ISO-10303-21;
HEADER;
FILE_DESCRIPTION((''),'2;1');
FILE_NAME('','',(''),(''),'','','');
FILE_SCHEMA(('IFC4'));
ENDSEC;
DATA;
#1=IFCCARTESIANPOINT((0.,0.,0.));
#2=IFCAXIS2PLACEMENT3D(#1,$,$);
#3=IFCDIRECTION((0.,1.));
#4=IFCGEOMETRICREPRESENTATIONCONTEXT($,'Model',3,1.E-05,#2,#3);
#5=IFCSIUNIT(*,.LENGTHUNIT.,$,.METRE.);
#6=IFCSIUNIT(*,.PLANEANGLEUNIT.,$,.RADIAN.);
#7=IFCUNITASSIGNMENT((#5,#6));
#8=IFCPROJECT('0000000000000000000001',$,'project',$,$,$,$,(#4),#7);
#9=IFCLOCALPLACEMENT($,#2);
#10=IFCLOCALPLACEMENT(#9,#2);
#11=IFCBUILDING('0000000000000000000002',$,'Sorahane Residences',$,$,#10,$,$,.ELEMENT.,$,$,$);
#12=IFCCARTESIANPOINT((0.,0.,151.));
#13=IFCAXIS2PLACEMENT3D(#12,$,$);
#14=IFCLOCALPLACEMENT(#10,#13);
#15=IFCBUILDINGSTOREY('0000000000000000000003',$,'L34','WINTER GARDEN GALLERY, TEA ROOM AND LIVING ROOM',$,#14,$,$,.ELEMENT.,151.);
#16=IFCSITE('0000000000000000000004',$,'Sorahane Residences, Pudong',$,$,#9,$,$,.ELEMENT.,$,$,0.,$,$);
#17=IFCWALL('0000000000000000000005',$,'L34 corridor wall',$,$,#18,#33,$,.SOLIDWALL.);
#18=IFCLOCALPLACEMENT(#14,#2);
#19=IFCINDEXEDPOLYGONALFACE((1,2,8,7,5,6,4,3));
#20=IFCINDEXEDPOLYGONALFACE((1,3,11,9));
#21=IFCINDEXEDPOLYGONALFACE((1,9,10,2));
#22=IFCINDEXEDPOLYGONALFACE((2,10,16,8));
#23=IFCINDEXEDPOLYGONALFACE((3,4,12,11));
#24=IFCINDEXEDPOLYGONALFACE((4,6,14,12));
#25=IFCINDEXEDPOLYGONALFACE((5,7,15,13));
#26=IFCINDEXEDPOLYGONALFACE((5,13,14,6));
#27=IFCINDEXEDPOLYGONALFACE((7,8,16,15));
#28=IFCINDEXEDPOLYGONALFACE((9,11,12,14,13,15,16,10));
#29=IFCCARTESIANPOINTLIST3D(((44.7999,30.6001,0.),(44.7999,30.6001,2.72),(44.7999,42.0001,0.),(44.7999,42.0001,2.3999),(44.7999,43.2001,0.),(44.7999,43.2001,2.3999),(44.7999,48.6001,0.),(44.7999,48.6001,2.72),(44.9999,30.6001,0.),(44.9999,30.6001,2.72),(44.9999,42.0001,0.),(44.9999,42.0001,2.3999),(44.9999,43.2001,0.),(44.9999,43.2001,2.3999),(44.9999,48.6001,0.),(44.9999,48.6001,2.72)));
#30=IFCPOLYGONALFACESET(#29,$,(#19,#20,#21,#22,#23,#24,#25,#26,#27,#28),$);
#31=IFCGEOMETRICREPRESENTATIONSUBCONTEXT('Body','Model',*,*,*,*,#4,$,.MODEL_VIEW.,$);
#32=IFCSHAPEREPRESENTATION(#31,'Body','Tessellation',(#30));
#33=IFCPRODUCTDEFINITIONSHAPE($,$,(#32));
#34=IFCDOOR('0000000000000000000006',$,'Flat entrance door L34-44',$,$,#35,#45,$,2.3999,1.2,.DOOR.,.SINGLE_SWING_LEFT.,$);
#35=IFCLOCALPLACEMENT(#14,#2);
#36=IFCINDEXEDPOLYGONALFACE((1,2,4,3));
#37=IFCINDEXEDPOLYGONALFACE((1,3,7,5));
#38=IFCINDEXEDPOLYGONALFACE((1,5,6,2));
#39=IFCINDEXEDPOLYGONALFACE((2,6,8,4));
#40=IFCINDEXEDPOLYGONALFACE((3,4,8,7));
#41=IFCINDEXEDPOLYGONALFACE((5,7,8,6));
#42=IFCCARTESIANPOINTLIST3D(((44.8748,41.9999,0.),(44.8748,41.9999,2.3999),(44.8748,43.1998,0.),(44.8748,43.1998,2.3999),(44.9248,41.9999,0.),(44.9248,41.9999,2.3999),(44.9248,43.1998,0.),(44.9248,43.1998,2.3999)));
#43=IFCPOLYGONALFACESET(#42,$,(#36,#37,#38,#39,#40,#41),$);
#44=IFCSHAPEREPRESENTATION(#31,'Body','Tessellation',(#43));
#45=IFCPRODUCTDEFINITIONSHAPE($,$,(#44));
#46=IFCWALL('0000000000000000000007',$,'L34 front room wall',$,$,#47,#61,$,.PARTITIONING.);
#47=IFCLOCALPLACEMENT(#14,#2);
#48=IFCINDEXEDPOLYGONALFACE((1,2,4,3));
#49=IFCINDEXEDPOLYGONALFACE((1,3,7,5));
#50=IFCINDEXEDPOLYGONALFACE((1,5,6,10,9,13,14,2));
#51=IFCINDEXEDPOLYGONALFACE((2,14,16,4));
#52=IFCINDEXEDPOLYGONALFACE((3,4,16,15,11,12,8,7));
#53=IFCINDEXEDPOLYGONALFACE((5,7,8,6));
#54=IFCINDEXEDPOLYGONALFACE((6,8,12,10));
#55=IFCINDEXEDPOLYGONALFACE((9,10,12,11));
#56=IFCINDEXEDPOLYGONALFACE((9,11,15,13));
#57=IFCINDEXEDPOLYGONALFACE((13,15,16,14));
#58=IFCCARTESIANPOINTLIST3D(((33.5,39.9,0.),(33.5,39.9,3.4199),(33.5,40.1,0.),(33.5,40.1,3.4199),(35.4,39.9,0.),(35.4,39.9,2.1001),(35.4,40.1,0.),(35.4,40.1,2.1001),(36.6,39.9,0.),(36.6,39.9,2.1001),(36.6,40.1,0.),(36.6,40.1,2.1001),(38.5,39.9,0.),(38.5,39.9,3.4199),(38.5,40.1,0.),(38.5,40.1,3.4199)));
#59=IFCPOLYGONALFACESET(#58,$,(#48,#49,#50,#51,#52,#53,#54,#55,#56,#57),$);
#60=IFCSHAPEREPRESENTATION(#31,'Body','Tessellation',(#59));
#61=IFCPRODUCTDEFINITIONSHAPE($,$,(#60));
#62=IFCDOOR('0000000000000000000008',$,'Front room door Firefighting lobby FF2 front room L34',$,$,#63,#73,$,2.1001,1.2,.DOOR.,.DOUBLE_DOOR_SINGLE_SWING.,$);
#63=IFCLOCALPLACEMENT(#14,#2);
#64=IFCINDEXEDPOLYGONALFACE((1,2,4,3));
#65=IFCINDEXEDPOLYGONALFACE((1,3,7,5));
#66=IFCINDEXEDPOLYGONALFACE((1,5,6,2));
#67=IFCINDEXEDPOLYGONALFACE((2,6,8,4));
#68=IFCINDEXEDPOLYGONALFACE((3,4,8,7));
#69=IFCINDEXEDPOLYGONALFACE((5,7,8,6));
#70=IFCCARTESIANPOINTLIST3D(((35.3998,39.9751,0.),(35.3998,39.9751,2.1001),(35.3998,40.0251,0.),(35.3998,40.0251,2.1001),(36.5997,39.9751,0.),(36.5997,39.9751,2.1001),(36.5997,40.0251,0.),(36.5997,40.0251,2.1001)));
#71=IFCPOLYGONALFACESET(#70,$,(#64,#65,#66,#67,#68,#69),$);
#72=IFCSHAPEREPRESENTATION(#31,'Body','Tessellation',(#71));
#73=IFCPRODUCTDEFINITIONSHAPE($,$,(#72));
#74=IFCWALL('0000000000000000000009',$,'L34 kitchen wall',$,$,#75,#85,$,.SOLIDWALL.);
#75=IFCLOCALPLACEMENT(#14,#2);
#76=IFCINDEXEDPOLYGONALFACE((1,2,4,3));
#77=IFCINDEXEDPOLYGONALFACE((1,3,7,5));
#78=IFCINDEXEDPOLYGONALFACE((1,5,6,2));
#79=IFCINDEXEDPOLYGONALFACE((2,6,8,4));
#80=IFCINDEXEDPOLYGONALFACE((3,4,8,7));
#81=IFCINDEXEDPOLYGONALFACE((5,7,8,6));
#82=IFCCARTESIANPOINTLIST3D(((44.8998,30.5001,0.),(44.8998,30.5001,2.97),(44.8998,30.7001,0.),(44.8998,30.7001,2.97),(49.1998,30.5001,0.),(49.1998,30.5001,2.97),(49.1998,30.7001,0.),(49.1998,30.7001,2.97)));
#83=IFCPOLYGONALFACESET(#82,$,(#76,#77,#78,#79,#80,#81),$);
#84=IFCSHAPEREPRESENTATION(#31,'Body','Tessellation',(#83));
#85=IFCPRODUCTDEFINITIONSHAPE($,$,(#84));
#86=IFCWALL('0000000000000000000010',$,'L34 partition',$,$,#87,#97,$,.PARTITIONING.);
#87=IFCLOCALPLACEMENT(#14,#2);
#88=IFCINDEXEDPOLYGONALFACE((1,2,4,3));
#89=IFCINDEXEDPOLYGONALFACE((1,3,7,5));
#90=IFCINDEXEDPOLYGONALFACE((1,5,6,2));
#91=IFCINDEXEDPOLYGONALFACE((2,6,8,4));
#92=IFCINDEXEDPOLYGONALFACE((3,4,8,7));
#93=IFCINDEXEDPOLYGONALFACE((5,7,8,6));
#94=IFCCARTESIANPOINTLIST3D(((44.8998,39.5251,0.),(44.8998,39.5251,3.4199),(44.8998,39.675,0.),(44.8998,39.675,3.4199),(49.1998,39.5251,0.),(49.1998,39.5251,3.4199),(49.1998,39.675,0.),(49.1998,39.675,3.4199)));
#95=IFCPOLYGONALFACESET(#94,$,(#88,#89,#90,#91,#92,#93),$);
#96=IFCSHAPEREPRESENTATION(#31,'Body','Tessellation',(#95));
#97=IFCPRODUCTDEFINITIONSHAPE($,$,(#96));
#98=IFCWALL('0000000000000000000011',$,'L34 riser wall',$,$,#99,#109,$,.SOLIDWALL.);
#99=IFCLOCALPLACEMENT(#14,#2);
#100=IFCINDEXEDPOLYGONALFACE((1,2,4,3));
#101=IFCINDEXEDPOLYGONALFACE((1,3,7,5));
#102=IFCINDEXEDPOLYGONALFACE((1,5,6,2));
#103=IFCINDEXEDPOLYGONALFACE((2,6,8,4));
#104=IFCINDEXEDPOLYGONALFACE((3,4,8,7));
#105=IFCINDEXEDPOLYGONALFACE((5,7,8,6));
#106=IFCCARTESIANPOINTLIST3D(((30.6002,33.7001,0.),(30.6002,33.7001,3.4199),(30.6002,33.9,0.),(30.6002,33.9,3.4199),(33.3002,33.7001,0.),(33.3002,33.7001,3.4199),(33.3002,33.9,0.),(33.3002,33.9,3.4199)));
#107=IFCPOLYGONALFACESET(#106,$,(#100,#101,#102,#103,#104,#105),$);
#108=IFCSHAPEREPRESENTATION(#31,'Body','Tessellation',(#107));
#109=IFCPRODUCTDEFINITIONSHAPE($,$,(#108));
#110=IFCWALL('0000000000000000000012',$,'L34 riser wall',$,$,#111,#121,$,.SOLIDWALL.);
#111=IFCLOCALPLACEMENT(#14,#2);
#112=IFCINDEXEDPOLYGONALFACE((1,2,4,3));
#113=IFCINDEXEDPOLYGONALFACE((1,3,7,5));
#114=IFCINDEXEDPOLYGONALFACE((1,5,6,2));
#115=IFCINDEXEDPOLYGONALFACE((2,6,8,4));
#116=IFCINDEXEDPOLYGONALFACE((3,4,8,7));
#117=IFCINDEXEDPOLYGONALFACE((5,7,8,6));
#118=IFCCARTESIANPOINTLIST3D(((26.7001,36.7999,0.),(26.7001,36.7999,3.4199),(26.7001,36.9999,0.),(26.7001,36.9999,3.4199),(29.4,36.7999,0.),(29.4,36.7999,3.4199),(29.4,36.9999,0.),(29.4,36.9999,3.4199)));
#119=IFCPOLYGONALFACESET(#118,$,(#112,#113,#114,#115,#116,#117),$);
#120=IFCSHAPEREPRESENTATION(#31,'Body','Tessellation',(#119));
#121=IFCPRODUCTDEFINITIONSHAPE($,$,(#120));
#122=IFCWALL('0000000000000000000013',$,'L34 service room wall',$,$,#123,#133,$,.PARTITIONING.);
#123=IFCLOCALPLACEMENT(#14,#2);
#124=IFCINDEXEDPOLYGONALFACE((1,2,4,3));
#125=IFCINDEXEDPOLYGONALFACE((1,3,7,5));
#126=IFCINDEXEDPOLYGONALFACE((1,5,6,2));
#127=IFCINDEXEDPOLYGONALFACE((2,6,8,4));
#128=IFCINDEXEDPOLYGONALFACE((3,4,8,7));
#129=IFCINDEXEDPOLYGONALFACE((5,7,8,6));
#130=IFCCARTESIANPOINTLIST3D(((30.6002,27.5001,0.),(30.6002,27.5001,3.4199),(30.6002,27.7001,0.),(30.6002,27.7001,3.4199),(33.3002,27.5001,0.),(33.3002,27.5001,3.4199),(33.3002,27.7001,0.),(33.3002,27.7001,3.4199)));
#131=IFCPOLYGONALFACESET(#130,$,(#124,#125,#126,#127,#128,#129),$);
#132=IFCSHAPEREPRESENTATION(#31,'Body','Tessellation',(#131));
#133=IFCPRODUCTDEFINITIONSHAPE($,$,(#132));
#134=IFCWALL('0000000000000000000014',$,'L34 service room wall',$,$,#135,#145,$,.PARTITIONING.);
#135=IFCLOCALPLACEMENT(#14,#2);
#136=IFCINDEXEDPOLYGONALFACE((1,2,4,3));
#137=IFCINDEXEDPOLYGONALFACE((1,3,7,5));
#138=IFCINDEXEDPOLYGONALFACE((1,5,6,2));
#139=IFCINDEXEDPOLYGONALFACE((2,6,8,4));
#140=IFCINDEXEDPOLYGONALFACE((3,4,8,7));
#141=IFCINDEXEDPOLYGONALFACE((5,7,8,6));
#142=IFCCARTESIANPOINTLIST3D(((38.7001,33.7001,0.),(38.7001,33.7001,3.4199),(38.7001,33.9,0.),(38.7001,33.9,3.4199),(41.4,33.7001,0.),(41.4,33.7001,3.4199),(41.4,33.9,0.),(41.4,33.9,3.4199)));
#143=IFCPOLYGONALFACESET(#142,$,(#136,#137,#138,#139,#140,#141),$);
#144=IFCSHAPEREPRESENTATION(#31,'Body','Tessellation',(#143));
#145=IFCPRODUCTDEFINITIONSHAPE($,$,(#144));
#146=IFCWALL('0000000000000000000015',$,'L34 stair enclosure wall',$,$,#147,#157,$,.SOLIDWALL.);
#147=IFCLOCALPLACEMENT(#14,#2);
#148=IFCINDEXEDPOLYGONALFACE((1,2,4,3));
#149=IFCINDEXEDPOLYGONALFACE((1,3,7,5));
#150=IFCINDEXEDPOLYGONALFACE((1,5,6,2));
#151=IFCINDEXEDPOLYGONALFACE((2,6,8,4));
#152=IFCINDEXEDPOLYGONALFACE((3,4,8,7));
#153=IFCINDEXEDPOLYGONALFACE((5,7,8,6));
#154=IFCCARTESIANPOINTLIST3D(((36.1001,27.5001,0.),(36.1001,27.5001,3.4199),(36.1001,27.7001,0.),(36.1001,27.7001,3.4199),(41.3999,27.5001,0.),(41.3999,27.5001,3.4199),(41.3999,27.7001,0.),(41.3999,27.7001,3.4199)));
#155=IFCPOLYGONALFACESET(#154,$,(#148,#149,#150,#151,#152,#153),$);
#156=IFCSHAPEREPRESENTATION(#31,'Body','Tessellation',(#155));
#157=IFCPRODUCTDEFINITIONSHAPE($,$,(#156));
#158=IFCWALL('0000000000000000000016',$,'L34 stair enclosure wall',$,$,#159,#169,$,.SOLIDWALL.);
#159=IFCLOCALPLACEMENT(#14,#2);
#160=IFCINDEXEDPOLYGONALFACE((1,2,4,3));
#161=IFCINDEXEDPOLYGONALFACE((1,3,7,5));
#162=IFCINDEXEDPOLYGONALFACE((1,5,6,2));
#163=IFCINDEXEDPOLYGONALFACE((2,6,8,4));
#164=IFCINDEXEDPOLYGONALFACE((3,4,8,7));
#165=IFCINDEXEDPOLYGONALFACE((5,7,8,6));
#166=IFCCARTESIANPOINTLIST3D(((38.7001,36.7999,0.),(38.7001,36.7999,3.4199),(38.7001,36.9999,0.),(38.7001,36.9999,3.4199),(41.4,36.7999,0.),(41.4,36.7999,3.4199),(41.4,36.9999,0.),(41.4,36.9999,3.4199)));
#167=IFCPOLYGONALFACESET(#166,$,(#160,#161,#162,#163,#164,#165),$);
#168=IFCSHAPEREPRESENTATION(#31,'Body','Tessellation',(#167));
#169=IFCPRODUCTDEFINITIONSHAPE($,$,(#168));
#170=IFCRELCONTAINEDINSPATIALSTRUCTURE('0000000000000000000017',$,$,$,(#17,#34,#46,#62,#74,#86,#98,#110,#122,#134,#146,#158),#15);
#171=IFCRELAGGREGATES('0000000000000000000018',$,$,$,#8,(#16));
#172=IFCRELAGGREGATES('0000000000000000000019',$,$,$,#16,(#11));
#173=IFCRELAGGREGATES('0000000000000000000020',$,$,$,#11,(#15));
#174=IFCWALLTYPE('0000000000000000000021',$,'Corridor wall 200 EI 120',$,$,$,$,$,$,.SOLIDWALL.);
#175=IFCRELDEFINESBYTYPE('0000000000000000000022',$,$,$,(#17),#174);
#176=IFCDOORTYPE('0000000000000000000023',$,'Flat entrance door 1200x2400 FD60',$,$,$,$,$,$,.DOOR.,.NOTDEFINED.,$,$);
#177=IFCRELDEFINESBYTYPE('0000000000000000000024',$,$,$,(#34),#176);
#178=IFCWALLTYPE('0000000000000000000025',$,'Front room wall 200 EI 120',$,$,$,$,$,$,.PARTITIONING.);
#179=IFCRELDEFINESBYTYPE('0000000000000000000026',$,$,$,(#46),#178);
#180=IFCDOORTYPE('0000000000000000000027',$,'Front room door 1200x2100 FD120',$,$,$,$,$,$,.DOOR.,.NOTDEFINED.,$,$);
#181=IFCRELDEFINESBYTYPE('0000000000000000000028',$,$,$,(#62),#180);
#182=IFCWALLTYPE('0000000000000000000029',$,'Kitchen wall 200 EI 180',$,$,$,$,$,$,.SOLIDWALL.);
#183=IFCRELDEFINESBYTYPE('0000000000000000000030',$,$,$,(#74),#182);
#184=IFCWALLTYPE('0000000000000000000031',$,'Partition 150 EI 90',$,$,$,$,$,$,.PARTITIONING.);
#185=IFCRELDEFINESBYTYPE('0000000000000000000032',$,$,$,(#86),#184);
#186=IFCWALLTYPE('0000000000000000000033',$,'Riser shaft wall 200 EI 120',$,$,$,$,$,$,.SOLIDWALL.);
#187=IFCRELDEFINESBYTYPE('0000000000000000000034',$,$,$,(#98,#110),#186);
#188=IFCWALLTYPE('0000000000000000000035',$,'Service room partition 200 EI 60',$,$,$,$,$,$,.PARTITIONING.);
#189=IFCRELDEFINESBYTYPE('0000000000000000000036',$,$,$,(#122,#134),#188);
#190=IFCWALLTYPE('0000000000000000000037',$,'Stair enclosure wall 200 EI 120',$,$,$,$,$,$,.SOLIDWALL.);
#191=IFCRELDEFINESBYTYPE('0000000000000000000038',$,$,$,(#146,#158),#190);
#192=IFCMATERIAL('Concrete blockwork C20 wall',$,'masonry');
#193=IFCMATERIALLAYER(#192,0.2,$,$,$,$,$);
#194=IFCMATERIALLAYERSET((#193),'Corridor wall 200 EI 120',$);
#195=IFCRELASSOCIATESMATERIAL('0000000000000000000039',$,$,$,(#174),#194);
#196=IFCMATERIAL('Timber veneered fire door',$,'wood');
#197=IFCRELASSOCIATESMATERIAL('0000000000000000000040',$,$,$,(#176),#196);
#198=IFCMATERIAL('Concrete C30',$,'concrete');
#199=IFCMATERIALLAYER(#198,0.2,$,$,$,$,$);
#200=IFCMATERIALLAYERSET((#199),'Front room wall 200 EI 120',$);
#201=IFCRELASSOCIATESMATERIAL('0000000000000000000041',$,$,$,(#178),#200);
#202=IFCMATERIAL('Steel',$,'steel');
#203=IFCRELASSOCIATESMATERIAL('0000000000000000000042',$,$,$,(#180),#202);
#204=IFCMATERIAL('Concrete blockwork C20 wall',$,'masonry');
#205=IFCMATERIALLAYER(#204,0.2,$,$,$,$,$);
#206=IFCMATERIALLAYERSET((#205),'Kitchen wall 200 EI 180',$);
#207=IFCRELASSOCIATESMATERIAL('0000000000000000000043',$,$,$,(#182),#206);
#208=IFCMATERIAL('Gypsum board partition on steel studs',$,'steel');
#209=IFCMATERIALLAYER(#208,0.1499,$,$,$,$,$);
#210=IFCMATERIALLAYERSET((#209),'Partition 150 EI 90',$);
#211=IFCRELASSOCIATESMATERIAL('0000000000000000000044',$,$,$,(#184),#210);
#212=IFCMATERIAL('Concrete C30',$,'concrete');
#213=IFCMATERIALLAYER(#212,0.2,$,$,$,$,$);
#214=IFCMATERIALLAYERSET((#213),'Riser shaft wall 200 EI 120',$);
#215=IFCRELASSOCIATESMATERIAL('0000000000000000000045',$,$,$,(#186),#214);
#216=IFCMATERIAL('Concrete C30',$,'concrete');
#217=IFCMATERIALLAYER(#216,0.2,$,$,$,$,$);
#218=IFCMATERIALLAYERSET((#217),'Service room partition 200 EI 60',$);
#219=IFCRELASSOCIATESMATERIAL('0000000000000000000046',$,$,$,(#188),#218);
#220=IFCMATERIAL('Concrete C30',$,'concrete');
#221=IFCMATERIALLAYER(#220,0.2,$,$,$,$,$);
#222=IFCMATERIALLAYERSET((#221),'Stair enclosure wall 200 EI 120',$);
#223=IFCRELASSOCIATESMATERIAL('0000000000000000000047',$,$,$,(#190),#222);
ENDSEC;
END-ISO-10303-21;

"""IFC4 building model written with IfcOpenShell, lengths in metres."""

from ifc_helpers import new_model, si_unit, direction, frame, frame_2d, origin, place, context, subcontext, project, spatial, rectangle, extrude, material, layer, layer_set, type_object, element, fill, save


model = new_model("IFC4")

# Units and contexts
model_context = context("Model", 3, precision=1e-05, world=origin(), true_north=direction((0.0, 1.0)))
body_context = subcontext(model_context, "Body", "Model", "MODEL_VIEW")
ifc_project = project(units=[si_unit("LENGTHUNIT", "METRE"), si_unit("PLANEANGLEUNIT", "RADIAN")], contexts=[model_context])

# Site, building, storey
site_placement = place(None, origin())
site = spatial("IfcSite", under=ifc_project, at=site_placement, Name="Sorahane Residences, Pudong", CompositionType="ELEMENT", RefElevation=0.0)
building_placement = place(site_placement, origin())
building = spatial("IfcBuilding", under=site, at=building_placement, Name="Sorahane Residences", CompositionType="ELEMENT")
storey_placement = place(building_placement, frame((0.0, 0.0, 151.0)))
storey = spatial("IfcBuildingStorey", under=building, at=storey_placement, Name="L34", Description="WINTER GARDEN GALLERY, TEA ROOM AND LIVING ROOM", CompositionType="ELEMENT", Elevation=151.0)

# Walls, openings, doors
ifc_material_1 = material(Name="Concrete blockwork C20 wall", Category="masonry")
ifc_layer_1 = layer(ifc_material_1, 0.2)
ifc_layer_set_1 = layer_set([ifc_layer_1], Name="Corridor wall 200 EI 120")
wall_type_1 = type_object("IfcWallType", Name="Corridor wall 200 EI 120", PredefinedType="SOLIDWALL", material=ifc_layer_set_1)
wall_1_placement = place(storey_placement, frame((44.8999, 30.6001, 0.0), z_axis=(0.0, 0.0, 1.0), x_axis=(0.0, 1.0, 0.0)))
wall_1 = element("IfcWall", 1, at=wall_1_placement, inside=storey, type_object=wall_type_1, Name="L34 corridor wall", PredefinedType="SOLIDWALL", context=body_context, shape_type="SweptSolid", body=[
    extrude(rectangle(XDim=18.0, YDim=0.2, at=frame_2d((9.0, 0.0))), origin(), (0.0, 0.0, 1.0), 2.72),
])
opening_1_placement = place(wall_1_placement, frame((11.3999, 0.0, 0.0)))
opening_1 = element("IfcOpeningElement", 2, at=opening_1_placement, cuts=wall_1, PredefinedType="OPENING", context=body_context, shape_type="SweptSolid", body=[
    extrude(rectangle(XDim=1.2, YDim=2.3999, at=frame_2d((0.6001, 1.2))), frame((0.0, 0.1099, 0.0), z_axis=(0.0, -1.0, 0.0), x_axis=(1.0, 0.0, 0.0)), (0.0, 0.0, 1.0), 0.22),
])
ifc_material_2 = material(Name="Timber veneered fire door", Category="wood")
door_type_1 = type_object("IfcDoorType", Name="Flat entrance door 1200x2400 FD60", OperationType="NOTDEFINED", PredefinedType="DOOR", material=ifc_material_2)
door_1_placement = place(opening_1_placement, frame((1.2, 0.0, 0.0), z_axis=(0.0, 0.0, 1.0), x_axis=(-1.0, 0.0, 0.0)))
door_1 = element("IfcDoor", 3, at=door_1_placement, inside=storey, type_object=door_type_1, Name="Flat entrance door L34-44", OperationType="SINGLE_SWING_LEFT", OverallHeight=2.3999, OverallWidth=1.2, PredefinedType="DOOR", context=body_context, shape_type="SweptSolid", body=[
    extrude(rectangle(XDim=1.2, YDim=2.3999, at=frame_2d((0.6001, 1.2))), frame((0.0, 0.0249, 0.0), z_axis=(0.0, -1.0, 0.0), x_axis=(1.0, 0.0, 0.0)), (0.0, 0.0, 1.0), 0.05),
])
fill(opening_1, door_1)
ifc_material_3 = material(Name="Concrete C30", Category="concrete")
ifc_layer_2 = layer(ifc_material_3, 0.2)
ifc_layer_set_2 = layer_set([ifc_layer_2], Name="Front room wall 200 EI 120")
wall_type_2 = type_object("IfcWallType", Name="Front room wall 200 EI 120", PredefinedType="PARTITIONING", material=ifc_layer_set_2)
wall_2_placement = place(storey_placement, frame((33.5, 40.0, 0.0), z_axis=(0.0, 0.0, 1.0), x_axis=(1.0, 0.0, 0.0)))
wall_2 = element("IfcWall", 4, at=wall_2_placement, inside=storey, type_object=wall_type_2, Name="L34 front room wall", PredefinedType="PARTITIONING", context=body_context, shape_type="SweptSolid", body=[
    extrude(rectangle(XDim=5.0, YDim=0.2, at=frame_2d((2.5, 0.0))), origin(), (0.0, 0.0, 1.0), 3.4199),
])
opening_2_placement = place(wall_2_placement, frame((1.8999, 0.0, 0.0)))
opening_2 = element("IfcOpeningElement", 5, at=opening_2_placement, cuts=wall_2, PredefinedType="OPENING", context=body_context, shape_type="SweptSolid", body=[
    extrude(rectangle(XDim=1.2, YDim=2.1001, at=frame_2d((0.6001, 1.05))), frame((0.0, 0.1099, 0.0), z_axis=(0.0, -1.0, 0.0), x_axis=(1.0, 0.0, 0.0)), (0.0, 0.0, 1.0), 0.22),
])
ifc_material_4 = material(Name="Steel", Category="steel")
door_type_2 = type_object("IfcDoorType", Name="Front room door 1200x2100 FD120", OperationType="NOTDEFINED", PredefinedType="DOOR", material=ifc_material_4)
door_2_placement = place(opening_2_placement, frame((1.2, 0.0, 0.0), z_axis=(0.0, 0.0, 1.0), x_axis=(-1.0, 0.0, 0.0)))
door_2 = element("IfcDoor", 6, at=door_2_placement, inside=storey, type_object=door_type_2, Name="Front room door Firefighting lobby FF2 front room L34", OperationType="DOUBLE_DOOR_SINGLE_SWING", OverallHeight=2.1001, OverallWidth=1.2, PredefinedType="DOOR", context=body_context, shape_type="SweptSolid", body=[
    extrude(rectangle(XDim=1.2, YDim=2.1001, at=frame_2d((0.6001, 1.05))), frame((0.0, 0.0249, 0.0), z_axis=(0.0, -1.0, 0.0), x_axis=(1.0, 0.0, 0.0)), (0.0, 0.0, 1.0), 0.05),
])
fill(opening_2, door_2)

# Walls
ifc_material_5 = material(Name="Concrete blockwork C20 wall", Category="masonry")
ifc_layer_3 = layer(ifc_material_5, 0.2)
ifc_layer_set_3 = layer_set([ifc_layer_3], Name="Kitchen wall 200 EI 180")
wall_type_3 = type_object("IfcWallType", Name="Kitchen wall 200 EI 180", PredefinedType="SOLIDWALL", material=ifc_layer_set_3)
wall_3_placement = place(storey_placement, frame((44.8999, 30.6001, 0.0), z_axis=(0.0, 0.0, 1.0), x_axis=(1.0, 0.0, 0.0)))
element("IfcWall", 7, at=wall_3_placement, inside=storey, type_object=wall_type_3, Name="L34 kitchen wall", PredefinedType="SOLIDWALL", context=body_context, shape_type="SweptSolid", body=[
    extrude(rectangle(XDim=4.3, YDim=0.2, at=frame_2d((2.1499, 0.0))), origin(), (0.0, 0.0, 1.0), 2.97),
])
ifc_material_6 = material(Name="Gypsum board partition on steel studs", Category="steel")
ifc_layer_4 = layer(ifc_material_6, 0.1499)
ifc_layer_set_4 = layer_set([ifc_layer_4], Name="Partition 150 EI 90")
wall_type_4 = type_object("IfcWallType", Name="Partition 150 EI 90", PredefinedType="PARTITIONING", material=ifc_layer_set_4)
wall_4_placement = place(storey_placement, frame((44.8999, 39.6001, 0.0), z_axis=(0.0, 0.0, 1.0), x_axis=(1.0, 0.0, 0.0)))
element("IfcWall", 8, at=wall_4_placement, inside=storey, type_object=wall_type_4, Name="L34 partition", PredefinedType="PARTITIONING", context=body_context, shape_type="SweptSolid", body=[
    extrude(rectangle(XDim=4.3, YDim=0.1499, at=frame_2d((2.1499, 0.0))), origin(), (0.0, 0.0, 1.0), 3.4199),
])
ifc_material_7 = material(Name="Concrete C30", Category="concrete")
ifc_layer_5 = layer(ifc_material_7, 0.2)
ifc_layer_set_5 = layer_set([ifc_layer_5], Name="Riser shaft wall 200 EI 120")
wall_type_5 = type_object("IfcWallType", Name="Riser shaft wall 200 EI 120", PredefinedType="SOLIDWALL", material=ifc_layer_set_5)
for number, where, z_axis, x_axis, name in (
    (9, (30.6001, 33.8, 0.0), (0.0, 0.0, 1.0), (1.0, 0.0, 0.0), "L34 riser wall"),
    (10, (26.7, 36.8999, 0.0), (0.0, 0.0, 1.0), (1.0, 0.0, 0.0), "L34 riser wall"),
):
    element("IfcWall", number, at=place(storey_placement, frame(where, z_axis=z_axis, x_axis=x_axis)), inside=storey, type_object=wall_type_5, Name=name, PredefinedType="SOLIDWALL", context=body_context, shape_type="SweptSolid", body=[
        extrude(rectangle(XDim=2.7, YDim=0.2, at=frame_2d((1.3501, 0.0))), origin(), (0.0, 0.0, 1.0), 3.4199),
    ])
ifc_material_8 = material(Name="Concrete C30", Category="concrete")
ifc_layer_6 = layer(ifc_material_8, 0.2)
ifc_layer_set_6 = layer_set([ifc_layer_6], Name="Service room partition 200 EI 60")
wall_type_6 = type_object("IfcWallType", Name="Service room partition 200 EI 60", PredefinedType="PARTITIONING", material=ifc_layer_set_6)
for number, where, z_axis, x_axis, name in (
    (11, (30.6001, 27.6001, 0.0), (0.0, 0.0, 1.0), (1.0, 0.0, 0.0), "L34 service room wall"),
    (12, (38.7, 33.8, 0.0), (0.0, 0.0, 1.0), (1.0, 0.0, 0.0), "L34 service room wall"),
):
    element("IfcWall", number, at=place(storey_placement, frame(where, z_axis=z_axis, x_axis=x_axis)), inside=storey, type_object=wall_type_6, Name=name, PredefinedType="PARTITIONING", context=body_context, shape_type="SweptSolid", body=[
        extrude(rectangle(XDim=2.7, YDim=0.2, at=frame_2d((1.3501, 0.0))), origin(), (0.0, 0.0, 1.0), 3.4199),
    ])
ifc_material_9 = material(Name="Concrete C30", Category="concrete")
ifc_layer_7 = layer(ifc_material_9, 0.2)
ifc_layer_set_7 = layer_set([ifc_layer_7], Name="Stair enclosure wall 200 EI 120")
wall_type_7 = type_object("IfcWallType", Name="Stair enclosure wall 200 EI 120", PredefinedType="SOLIDWALL", material=ifc_layer_set_7)
wall_5_placement = place(storey_placement, frame((36.1001, 27.6001, 0.0), z_axis=(0.0, 0.0, 1.0), x_axis=(1.0, 0.0, 0.0)))
element("IfcWall", 13, at=wall_5_placement, inside=storey, type_object=wall_type_7, Name="L34 stair enclosure wall", PredefinedType="SOLIDWALL", context=body_context, shape_type="SweptSolid", body=[
    extrude(rectangle(XDim=5.2998, YDim=0.2, at=frame_2d((2.6499, 0.0))), origin(), (0.0, 0.0, 1.0), 3.4199),
])
wall_6_placement = place(storey_placement, frame((38.7, 36.8999, 0.0), z_axis=(0.0, 0.0, 1.0), x_axis=(1.0, 0.0, 0.0)))
element("IfcWall", 14, at=wall_6_placement, inside=storey, type_object=wall_type_7, Name="L34 stair enclosure wall", PredefinedType="SOLIDWALL", context=body_context, shape_type="SweptSolid", body=[
    extrude(rectangle(XDim=2.7, YDim=0.2, at=frame_2d((1.3501, 0.0))), origin(), (0.0, 0.0, 1.0), 3.4199),
])

save(model, "model.ifc")
